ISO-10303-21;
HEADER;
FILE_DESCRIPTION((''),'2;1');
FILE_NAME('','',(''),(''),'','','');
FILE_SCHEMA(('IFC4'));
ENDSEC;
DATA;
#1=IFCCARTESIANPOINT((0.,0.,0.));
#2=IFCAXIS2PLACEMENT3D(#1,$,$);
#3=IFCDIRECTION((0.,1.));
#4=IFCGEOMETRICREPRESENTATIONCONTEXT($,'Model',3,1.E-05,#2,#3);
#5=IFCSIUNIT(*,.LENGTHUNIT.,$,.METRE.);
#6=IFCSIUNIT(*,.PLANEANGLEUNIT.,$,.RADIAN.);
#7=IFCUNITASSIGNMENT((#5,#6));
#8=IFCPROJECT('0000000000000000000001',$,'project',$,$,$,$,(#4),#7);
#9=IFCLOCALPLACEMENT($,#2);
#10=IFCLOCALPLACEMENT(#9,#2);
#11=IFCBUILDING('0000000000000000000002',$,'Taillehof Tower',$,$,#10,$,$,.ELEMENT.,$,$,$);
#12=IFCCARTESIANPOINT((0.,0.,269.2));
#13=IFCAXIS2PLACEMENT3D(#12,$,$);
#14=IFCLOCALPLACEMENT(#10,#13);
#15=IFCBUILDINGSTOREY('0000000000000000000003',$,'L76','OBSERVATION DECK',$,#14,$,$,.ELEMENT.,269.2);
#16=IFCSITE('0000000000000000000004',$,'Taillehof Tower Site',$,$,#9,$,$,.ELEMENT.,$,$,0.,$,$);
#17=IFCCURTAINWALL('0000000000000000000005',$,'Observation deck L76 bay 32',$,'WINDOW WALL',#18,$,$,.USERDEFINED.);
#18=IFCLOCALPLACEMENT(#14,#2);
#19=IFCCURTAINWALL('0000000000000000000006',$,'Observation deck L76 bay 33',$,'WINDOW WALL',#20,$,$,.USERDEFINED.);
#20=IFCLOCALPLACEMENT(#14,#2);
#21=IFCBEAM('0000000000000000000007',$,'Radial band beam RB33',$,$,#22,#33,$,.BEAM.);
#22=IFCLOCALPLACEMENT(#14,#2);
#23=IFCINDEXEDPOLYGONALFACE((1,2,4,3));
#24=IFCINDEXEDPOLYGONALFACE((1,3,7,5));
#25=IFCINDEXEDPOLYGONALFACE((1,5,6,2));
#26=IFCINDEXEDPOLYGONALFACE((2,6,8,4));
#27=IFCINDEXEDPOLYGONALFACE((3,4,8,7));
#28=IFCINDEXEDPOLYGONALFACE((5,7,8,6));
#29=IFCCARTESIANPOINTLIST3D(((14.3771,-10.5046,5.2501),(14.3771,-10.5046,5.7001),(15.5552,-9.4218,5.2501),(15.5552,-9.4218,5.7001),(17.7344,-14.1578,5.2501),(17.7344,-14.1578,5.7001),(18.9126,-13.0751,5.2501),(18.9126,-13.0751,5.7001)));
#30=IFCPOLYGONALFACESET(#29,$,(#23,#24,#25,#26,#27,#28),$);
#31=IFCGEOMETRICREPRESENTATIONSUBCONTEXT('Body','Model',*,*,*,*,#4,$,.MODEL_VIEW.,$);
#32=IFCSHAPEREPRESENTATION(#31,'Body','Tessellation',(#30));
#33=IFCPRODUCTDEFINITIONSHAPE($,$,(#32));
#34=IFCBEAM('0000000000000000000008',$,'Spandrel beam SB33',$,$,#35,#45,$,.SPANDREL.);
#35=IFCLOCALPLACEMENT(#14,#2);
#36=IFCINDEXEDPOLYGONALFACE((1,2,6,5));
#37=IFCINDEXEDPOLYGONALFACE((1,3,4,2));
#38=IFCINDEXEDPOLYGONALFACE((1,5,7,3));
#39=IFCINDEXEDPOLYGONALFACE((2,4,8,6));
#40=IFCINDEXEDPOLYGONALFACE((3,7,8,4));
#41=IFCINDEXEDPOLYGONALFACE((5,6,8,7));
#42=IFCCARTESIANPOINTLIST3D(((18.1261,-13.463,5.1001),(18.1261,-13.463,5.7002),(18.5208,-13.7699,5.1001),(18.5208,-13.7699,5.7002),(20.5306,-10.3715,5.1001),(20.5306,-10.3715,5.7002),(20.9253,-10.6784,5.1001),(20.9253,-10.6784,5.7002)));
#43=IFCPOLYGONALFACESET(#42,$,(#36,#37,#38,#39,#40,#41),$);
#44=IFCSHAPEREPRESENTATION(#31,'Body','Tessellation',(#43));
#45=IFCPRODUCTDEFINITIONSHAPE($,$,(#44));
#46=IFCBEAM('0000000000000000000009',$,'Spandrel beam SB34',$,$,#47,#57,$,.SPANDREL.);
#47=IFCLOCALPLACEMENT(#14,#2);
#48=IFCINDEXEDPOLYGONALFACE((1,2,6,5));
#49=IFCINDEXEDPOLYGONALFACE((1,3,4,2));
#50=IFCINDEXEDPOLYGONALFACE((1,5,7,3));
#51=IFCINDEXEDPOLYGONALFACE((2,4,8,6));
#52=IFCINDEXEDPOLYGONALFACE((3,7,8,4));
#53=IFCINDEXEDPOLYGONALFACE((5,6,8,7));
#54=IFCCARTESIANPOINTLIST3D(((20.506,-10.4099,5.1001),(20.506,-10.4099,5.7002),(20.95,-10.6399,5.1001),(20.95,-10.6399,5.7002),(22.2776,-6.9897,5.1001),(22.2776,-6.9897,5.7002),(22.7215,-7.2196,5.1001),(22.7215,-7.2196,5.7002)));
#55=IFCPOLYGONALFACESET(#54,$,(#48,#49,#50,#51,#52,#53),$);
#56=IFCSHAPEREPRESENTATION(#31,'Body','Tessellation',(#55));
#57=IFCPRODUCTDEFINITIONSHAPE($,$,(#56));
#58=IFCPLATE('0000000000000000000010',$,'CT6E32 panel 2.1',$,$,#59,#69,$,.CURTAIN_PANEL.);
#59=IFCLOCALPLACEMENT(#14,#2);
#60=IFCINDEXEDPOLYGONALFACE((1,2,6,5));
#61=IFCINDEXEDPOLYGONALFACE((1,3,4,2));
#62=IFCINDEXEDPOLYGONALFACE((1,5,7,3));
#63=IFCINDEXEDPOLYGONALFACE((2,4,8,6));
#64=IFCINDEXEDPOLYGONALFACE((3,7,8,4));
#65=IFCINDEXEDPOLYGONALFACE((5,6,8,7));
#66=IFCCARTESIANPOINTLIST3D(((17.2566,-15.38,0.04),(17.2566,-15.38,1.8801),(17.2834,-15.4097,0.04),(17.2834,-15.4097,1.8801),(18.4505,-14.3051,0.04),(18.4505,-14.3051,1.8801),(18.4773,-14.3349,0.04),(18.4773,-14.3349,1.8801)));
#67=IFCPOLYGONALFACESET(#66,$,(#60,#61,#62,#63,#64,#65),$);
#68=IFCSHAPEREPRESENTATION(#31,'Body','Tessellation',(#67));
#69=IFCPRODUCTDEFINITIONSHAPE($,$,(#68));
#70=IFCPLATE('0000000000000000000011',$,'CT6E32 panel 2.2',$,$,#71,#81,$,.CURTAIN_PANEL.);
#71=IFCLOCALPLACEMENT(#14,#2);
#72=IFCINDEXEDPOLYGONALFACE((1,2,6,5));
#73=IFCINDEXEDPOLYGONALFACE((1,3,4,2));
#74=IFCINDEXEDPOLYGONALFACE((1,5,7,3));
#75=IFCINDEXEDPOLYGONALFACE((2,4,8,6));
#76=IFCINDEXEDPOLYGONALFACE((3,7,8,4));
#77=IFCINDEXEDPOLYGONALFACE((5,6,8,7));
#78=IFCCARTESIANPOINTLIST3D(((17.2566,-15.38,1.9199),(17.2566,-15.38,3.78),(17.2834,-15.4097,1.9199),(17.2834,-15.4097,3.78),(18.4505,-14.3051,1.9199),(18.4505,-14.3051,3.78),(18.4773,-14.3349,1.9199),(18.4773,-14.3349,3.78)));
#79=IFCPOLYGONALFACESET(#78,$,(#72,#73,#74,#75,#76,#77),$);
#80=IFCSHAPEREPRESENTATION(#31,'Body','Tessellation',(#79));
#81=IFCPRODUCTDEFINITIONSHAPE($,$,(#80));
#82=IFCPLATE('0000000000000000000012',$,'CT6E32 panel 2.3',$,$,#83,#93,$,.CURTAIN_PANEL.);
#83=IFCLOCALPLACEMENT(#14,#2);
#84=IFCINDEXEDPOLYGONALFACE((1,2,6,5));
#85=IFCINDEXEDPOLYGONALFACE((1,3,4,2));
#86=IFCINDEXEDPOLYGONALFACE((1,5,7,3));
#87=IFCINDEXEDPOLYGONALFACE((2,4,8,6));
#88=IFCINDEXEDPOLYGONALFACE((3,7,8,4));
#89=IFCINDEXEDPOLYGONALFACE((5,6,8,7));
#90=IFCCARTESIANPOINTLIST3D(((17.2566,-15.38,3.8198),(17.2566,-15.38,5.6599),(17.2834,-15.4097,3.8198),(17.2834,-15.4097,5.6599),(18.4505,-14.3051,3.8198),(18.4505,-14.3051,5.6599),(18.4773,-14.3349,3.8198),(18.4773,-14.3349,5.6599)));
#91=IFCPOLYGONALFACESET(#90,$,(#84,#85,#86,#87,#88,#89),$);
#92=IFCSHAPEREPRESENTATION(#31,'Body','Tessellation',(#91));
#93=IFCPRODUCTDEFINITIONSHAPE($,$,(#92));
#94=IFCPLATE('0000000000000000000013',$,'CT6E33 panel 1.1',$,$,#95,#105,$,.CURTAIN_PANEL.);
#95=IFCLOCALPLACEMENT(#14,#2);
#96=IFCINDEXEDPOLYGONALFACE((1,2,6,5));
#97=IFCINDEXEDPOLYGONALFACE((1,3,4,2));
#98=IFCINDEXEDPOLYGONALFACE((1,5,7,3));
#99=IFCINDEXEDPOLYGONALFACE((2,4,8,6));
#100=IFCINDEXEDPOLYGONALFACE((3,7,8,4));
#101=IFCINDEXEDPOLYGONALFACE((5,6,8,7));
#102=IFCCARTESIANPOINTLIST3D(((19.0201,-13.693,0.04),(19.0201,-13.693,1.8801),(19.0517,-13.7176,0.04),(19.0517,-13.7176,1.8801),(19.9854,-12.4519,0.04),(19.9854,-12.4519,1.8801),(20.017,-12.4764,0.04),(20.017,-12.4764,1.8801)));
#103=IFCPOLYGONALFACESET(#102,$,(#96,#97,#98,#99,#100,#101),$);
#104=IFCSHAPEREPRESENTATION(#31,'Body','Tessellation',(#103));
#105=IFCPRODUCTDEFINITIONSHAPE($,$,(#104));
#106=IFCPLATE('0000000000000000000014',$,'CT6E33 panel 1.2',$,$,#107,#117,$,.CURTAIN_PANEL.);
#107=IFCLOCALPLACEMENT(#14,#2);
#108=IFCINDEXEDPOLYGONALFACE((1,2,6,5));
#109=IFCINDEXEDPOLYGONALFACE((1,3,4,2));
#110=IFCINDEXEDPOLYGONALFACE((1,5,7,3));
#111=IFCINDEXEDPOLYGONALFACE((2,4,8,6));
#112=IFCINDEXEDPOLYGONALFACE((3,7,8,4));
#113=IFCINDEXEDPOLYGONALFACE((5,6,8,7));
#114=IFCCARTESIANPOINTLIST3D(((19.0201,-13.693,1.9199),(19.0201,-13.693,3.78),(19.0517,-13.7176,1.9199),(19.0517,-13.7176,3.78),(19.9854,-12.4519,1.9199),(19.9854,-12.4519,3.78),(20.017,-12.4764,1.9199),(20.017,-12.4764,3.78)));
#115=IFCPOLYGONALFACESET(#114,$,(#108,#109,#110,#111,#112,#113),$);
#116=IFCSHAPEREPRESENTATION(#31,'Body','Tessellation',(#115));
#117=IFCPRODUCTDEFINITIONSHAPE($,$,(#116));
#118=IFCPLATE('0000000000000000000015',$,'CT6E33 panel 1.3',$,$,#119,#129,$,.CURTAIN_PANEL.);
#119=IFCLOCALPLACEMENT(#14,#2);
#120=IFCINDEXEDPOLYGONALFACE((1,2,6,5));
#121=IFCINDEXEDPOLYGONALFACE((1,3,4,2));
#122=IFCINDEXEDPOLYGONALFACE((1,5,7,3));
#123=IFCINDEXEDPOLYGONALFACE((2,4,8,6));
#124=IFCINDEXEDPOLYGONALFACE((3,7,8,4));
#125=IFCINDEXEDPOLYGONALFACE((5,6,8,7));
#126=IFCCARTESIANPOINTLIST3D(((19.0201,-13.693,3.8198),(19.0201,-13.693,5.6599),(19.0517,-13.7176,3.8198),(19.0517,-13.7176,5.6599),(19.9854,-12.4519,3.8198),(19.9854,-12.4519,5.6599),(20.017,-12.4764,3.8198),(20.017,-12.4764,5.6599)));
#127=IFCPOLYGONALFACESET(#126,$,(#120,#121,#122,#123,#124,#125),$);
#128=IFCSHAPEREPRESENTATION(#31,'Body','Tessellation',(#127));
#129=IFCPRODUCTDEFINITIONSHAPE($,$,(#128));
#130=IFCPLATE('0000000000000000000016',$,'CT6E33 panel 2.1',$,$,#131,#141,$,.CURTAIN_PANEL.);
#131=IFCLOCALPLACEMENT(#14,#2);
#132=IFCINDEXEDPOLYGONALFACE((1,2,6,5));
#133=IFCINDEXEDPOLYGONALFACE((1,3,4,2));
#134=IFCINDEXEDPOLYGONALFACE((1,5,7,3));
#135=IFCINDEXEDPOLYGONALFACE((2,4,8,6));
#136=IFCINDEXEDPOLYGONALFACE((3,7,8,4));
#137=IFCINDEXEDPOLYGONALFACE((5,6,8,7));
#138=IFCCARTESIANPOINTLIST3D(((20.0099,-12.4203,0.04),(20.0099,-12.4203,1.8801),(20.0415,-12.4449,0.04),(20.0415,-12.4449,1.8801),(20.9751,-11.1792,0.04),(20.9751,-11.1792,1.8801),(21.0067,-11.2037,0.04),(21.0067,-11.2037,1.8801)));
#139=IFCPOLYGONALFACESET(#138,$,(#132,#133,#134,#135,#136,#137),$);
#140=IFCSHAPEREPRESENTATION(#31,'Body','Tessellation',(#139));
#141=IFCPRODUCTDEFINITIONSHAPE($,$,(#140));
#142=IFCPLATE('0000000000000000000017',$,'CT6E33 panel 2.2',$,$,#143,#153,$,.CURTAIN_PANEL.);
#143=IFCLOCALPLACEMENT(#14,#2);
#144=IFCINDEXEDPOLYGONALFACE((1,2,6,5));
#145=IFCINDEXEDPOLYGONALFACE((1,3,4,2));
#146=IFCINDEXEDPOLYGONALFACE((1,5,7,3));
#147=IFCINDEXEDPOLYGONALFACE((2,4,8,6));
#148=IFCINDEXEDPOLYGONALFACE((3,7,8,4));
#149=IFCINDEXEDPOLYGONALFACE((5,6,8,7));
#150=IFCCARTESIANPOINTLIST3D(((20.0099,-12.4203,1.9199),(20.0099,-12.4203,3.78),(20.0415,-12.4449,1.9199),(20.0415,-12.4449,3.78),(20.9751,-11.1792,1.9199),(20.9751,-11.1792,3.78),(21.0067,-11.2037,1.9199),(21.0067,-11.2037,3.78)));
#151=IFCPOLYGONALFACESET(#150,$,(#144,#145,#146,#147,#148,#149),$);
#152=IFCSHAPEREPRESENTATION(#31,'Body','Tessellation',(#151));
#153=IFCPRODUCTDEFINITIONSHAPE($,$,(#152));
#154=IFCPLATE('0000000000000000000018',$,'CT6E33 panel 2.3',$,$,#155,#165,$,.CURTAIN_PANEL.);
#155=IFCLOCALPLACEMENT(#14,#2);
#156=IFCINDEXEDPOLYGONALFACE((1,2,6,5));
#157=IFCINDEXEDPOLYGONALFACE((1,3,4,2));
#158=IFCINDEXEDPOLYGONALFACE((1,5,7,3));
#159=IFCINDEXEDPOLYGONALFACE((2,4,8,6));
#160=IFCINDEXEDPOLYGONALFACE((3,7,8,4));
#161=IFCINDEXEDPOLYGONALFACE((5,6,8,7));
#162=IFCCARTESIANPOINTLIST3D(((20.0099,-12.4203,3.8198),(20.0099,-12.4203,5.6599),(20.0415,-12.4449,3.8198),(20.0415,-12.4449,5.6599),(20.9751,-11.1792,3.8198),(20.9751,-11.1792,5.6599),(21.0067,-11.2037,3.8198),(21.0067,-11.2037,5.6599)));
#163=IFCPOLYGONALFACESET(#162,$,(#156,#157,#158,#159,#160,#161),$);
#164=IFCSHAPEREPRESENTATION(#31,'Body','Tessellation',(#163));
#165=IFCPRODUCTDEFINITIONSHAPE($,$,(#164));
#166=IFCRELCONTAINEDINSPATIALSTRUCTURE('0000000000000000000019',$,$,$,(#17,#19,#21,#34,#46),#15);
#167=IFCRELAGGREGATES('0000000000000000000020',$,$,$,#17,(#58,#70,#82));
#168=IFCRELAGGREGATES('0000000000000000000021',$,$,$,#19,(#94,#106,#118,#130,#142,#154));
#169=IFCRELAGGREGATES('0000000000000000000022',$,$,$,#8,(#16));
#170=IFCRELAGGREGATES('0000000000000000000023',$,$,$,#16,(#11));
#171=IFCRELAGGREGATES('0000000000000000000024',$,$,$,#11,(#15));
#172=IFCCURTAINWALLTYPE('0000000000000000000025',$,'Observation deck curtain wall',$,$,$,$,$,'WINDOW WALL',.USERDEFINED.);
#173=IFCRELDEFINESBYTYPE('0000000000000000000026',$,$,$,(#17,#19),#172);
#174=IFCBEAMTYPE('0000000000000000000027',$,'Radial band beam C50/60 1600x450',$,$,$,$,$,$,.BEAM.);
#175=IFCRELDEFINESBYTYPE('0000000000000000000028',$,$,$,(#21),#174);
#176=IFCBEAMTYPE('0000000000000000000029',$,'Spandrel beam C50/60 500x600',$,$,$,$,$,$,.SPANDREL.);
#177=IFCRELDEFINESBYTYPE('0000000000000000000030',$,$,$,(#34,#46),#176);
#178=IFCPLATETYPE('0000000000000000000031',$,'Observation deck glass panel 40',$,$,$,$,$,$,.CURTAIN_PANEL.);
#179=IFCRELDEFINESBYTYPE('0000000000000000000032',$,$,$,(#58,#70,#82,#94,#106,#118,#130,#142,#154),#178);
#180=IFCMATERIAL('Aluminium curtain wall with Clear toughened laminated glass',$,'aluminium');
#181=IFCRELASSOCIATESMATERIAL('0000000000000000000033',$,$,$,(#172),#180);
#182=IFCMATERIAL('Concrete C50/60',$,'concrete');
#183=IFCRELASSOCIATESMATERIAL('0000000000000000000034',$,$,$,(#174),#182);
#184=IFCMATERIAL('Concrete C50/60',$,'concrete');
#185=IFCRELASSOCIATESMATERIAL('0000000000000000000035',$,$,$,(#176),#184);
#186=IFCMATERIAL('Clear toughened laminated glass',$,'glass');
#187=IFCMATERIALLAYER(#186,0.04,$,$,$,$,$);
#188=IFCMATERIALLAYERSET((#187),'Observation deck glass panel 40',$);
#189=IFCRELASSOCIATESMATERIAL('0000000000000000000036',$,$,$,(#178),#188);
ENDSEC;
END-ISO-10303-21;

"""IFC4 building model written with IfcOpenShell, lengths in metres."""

from ifc_helpers import new_model, si_unit, direction, frame, origin, origin_2d, place, context, subcontext, project, spatial, rectangle, extrude, material, layer, layer_set, material_profile, profile_set, type_object, element, aggregate, save


model = new_model("IFC4")

# Units and contexts
model_context = context("Model", 3, precision=1e-05, world=origin(), true_north=direction((0.0, 1.0)))
body_context = subcontext(model_context, "Body", "Model", "MODEL_VIEW")
ifc_project = project(units=[si_unit("LENGTHUNIT", "METRE"), si_unit("PLANEANGLEUNIT", "RADIAN")], contexts=[model_context])

# Site, building, storey
site_placement = place(None, origin())
site = spatial("IfcSite", under=ifc_project, at=site_placement, Name="Taillehof Tower Site", CompositionType="ELEMENT", RefElevation=0.0)
building_placement = place(site_placement, origin())
building = spatial("IfcBuilding", under=site, at=building_placement, Name="Taillehof Tower", CompositionType="ELEMENT")
storey_placement = place(building_placement, frame((0.0, 0.0, 269.2)))
storey = spatial("IfcBuildingStorey", under=building, at=storey_placement, Name="L76", Description="OBSERVATION DECK", CompositionType="ELEMENT", Elevation=269.2)

# Curtain wall
ifc_material_1 = material(Name="Aluminium curtain wall with Clear toughened laminated glass", Category="aluminium")
curtain_wall_type = type_object("IfcCurtainWallType", Name="Observation deck curtain wall", ElementType="WINDOW WALL", PredefinedType="USERDEFINED", material=ifc_material_1)
curtain_wall_1_placement = place(storey_placement, origin())
curtain_wall_1 = element("IfcCurtainWall", 1, at=curtain_wall_1_placement, inside=storey, type_object=curtain_wall_type, Name="Observation deck L76 bay 32", ObjectType="WINDOW WALL", PredefinedType="USERDEFINED")

# Curtain wall
curtain_wall_2_placement = place(storey_placement, origin())
curtain_wall_2 = element("IfcCurtainWall", 2, at=curtain_wall_2_placement, inside=storey, type_object=curtain_wall_type, Name="Observation deck L76 bay 33", ObjectType="WINDOW WALL", PredefinedType="USERDEFINED")

# Beams
ifc_material_2 = material(Name="Concrete C50/60", Category="concrete")
ifc_material_profile_1 = material_profile(ifc_material_2, rectangle(XDim=1.6001, YDim=0.45, at=origin_2d()), Name="RC 1600x450")
ifc_profile_set_1 = profile_set([ifc_material_profile_1], Name="Concrete C50/60")
beam_type_1 = type_object("IfcBeamType", Name="Radial band beam C50/60 1600x450", PredefinedType="BEAM", material=ifc_profile_set_1)
beam_1_placement = place(storey_placement, frame((18.3235, -13.6165, 5.4751), z_axis=(-0.67666, 0.736296, 0.0), x_axis=(-0.736296, -0.67666, 0.0)))
element("IfcBeam", 3, at=beam_1_placement, inside=storey, type_object=beam_type_1, Name="Radial band beam RB33", PredefinedType="BEAM", context=body_context, shape_type="SweptSolid", body=[
    extrude(rectangle(XDim=1.6001, YDim=0.45, at=origin_2d()), origin(), (0.0, 0.0, 1.0), 4.9617),
])
ifc_material_3 = material(Name="Concrete C50/60", Category="concrete")
ifc_material_profile_2 = material_profile(ifc_material_3, rectangle(XDim=0.5, YDim=0.6001, at=origin_2d()), Name="RC 500x600")
ifc_profile_set_2 = profile_set([ifc_material_profile_2], Name="Concrete C50/60")
beam_type_2 = type_object("IfcBeamType", Name="Spandrel beam C50/60 500x600", PredefinedType="SPANDREL", material=ifc_profile_set_2)
beam_2_placement = place(storey_placement, frame((18.3235, -13.6165, 5.4001), z_axis=(0.613941, 0.789352, 0.0), x_axis=(-0.789352, 0.613941, 0.0)))
element("IfcBeam", 4, at=beam_2_placement, inside=storey, type_object=beam_type_2, Name="Spandrel beam SB33", PredefinedType="SPANDREL", context=body_context, shape_type="SweptSolid", body=[
    extrude(rectangle(XDim=0.5, YDim=0.6001, at=origin_2d()), origin(), (0.0, 0.0, 1.0), 3.9165),
])
beam_3_placement = place(storey_placement, frame((20.728, -10.5249, 5.4001), z_axis=(0.459921, 0.88796, 0.0), x_axis=(-0.88796, 0.459921, 0.0)))
element("IfcBeam", 5, at=beam_3_placement, inside=storey, type_object=beam_type_2, Name="Spandrel beam SB34", PredefinedType="SPANDREL", context=body_context, shape_type="SweptSolid", body=[
    extrude(rectangle(XDim=0.5, YDim=0.6001, at=origin_2d()), origin(), (0.0, 0.0, 1.0), 3.8518),
])

# Plates
ifc_material_4 = material(Name="Clear toughened laminated glass", Category="glass")
ifc_layer = layer(ifc_material_4, 0.04)
ifc_layer_set = layer_set([ifc_layer], Name="Observation deck glass panel 40")
plate_type = type_object("IfcPlateType", Name="Observation deck glass panel 40", PredefinedType="CURTAIN_PANEL", material=ifc_layer_set)
plate_1_placement = place(storey_placement, frame((17.8669, -14.8574, 0.04), z_axis=(0.0, 0.0, 1.0), x_axis=(0.743166, 0.669107, 0.0)))
plate_1 = element("IfcPlate", 6, at=plate_1_placement, type_object=plate_type, Name="CT6E32 panel 2.1", PredefinedType="CURTAIN_PANEL", context=body_context, shape_type="SweptSolid", body=[
    extrude(rectangle(XDim=1.6064, YDim=0.04, at=origin_2d()), origin(), (0.0, 0.0, 1.0), 1.8401),
])
plate_2_placement = place(storey_placement, frame((17.8669, -14.8574, 1.9199), z_axis=(0.0, 0.0, 1.0), x_axis=(0.743166, 0.669107, 0.0)))
plate_2 = element("IfcPlate", 7, at=plate_2_placement, type_object=plate_type, Name="CT6E32 panel 2.2", PredefinedType="CURTAIN_PANEL", context=body_context, shape_type="SweptSolid", body=[
    extrude(rectangle(XDim=1.6064, YDim=0.04, at=origin_2d()), origin(), (0.0, 0.0, 1.0), 1.8601),
])
plate_3_placement = place(storey_placement, frame((17.8669, -14.8574, 3.8198), z_axis=(0.0, 0.0, 1.0), x_axis=(0.743166, 0.669107, 0.0)))
plate_3 = element("IfcPlate", 8, at=plate_3_placement, type_object=plate_type, Name="CT6E32 panel 2.3", PredefinedType="CURTAIN_PANEL", context=body_context, shape_type="SweptSolid", body=[
    extrude(rectangle(XDim=1.6064, YDim=0.04, at=origin_2d()), origin(), (0.0, 0.0, 1.0), 1.8401),
])
aggregate(curtain_wall_1, [plate_1, plate_2, plate_3])
plate_4_placement = place(storey_placement, frame((19.5186, -13.0847, 0.04), z_axis=(0.0, 0.0, 1.0), x_axis=(0.613903, 0.789382, 0.0)))
plate_4 = element("IfcPlate", 9, at=plate_4_placement, type_object=plate_type, Name="CT6E33 panel 1.1", PredefinedType="CURTAIN_PANEL", context=body_context, shape_type="SweptSolid", body=[
    extrude(rectangle(XDim=1.5723, YDim=0.04, at=origin_2d()), origin(), (0.0, 0.0, 1.0), 1.8401),
])
plate_5_placement = place(storey_placement, frame((19.5186, -13.0847, 1.9199), z_axis=(0.0, 0.0, 1.0), x_axis=(0.613903, 0.789382, 0.0)))
plate_5 = element("IfcPlate", 10, at=plate_5_placement, type_object=plate_type, Name="CT6E33 panel 1.2", PredefinedType="CURTAIN_PANEL", context=body_context, shape_type="SweptSolid", body=[
    extrude(rectangle(XDim=1.5723, YDim=0.04, at=origin_2d()), origin(), (0.0, 0.0, 1.0), 1.8601),
])
plate_6_placement = place(storey_placement, frame((19.5186, -13.0847, 3.8198), z_axis=(0.0, 0.0, 1.0), x_axis=(0.613903, 0.789382, 0.0)))
plate_6 = element("IfcPlate", 11, at=plate_6_placement, type_object=plate_type, Name="CT6E33 panel 1.3", PredefinedType="CURTAIN_PANEL", context=body_context, shape_type="SweptSolid", body=[
    extrude(rectangle(XDim=1.5723, YDim=0.04, at=origin_2d()), origin(), (0.0, 0.0, 1.0), 1.8401),
])
plate_7_placement = place(storey_placement, frame((20.5083, -11.812, 0.04), z_axis=(0.0, 0.0, 1.0), x_axis=(0.613903, 0.789382, 0.0)))
plate_7 = element("IfcPlate", 12, at=plate_7_placement, type_object=plate_type, Name="CT6E33 panel 2.1", PredefinedType="CURTAIN_PANEL", context=body_context, shape_type="SweptSolid", body=[
    extrude(rectangle(XDim=1.5723, YDim=0.04, at=origin_2d()), origin(), (0.0, 0.0, 1.0), 1.8401),
])
plate_8_placement = place(storey_placement, frame((20.5083, -11.812, 1.9199), z_axis=(0.0, 0.0, 1.0), x_axis=(0.613903, 0.789382, 0.0)))
plate_8 = element("IfcPlate", 13, at=plate_8_placement, type_object=plate_type, Name="CT6E33 panel 2.2", PredefinedType="CURTAIN_PANEL", context=body_context, shape_type="SweptSolid", body=[
    extrude(rectangle(XDim=1.5723, YDim=0.04, at=origin_2d()), origin(), (0.0, 0.0, 1.0), 1.8601),
])
plate_9_placement = place(storey_placement, frame((20.5083, -11.812, 3.8198), z_axis=(0.0, 0.0, 1.0), x_axis=(0.613903, 0.789382, 0.0)))
plate_9 = element("IfcPlate", 14, at=plate_9_placement, type_object=plate_type, Name="CT6E33 panel 2.3", PredefinedType="CURTAIN_PANEL", context=body_context, shape_type="SweptSolid", body=[
    extrude(rectangle(XDim=1.5723, YDim=0.04, at=origin_2d()), origin(), (0.0, 0.0, 1.0), 1.8401),
])
aggregate(curtain_wall_2, [plate_4, plate_5, plate_6, plate_7, plate_8, plate_9])

save(model, "model.ifc")
